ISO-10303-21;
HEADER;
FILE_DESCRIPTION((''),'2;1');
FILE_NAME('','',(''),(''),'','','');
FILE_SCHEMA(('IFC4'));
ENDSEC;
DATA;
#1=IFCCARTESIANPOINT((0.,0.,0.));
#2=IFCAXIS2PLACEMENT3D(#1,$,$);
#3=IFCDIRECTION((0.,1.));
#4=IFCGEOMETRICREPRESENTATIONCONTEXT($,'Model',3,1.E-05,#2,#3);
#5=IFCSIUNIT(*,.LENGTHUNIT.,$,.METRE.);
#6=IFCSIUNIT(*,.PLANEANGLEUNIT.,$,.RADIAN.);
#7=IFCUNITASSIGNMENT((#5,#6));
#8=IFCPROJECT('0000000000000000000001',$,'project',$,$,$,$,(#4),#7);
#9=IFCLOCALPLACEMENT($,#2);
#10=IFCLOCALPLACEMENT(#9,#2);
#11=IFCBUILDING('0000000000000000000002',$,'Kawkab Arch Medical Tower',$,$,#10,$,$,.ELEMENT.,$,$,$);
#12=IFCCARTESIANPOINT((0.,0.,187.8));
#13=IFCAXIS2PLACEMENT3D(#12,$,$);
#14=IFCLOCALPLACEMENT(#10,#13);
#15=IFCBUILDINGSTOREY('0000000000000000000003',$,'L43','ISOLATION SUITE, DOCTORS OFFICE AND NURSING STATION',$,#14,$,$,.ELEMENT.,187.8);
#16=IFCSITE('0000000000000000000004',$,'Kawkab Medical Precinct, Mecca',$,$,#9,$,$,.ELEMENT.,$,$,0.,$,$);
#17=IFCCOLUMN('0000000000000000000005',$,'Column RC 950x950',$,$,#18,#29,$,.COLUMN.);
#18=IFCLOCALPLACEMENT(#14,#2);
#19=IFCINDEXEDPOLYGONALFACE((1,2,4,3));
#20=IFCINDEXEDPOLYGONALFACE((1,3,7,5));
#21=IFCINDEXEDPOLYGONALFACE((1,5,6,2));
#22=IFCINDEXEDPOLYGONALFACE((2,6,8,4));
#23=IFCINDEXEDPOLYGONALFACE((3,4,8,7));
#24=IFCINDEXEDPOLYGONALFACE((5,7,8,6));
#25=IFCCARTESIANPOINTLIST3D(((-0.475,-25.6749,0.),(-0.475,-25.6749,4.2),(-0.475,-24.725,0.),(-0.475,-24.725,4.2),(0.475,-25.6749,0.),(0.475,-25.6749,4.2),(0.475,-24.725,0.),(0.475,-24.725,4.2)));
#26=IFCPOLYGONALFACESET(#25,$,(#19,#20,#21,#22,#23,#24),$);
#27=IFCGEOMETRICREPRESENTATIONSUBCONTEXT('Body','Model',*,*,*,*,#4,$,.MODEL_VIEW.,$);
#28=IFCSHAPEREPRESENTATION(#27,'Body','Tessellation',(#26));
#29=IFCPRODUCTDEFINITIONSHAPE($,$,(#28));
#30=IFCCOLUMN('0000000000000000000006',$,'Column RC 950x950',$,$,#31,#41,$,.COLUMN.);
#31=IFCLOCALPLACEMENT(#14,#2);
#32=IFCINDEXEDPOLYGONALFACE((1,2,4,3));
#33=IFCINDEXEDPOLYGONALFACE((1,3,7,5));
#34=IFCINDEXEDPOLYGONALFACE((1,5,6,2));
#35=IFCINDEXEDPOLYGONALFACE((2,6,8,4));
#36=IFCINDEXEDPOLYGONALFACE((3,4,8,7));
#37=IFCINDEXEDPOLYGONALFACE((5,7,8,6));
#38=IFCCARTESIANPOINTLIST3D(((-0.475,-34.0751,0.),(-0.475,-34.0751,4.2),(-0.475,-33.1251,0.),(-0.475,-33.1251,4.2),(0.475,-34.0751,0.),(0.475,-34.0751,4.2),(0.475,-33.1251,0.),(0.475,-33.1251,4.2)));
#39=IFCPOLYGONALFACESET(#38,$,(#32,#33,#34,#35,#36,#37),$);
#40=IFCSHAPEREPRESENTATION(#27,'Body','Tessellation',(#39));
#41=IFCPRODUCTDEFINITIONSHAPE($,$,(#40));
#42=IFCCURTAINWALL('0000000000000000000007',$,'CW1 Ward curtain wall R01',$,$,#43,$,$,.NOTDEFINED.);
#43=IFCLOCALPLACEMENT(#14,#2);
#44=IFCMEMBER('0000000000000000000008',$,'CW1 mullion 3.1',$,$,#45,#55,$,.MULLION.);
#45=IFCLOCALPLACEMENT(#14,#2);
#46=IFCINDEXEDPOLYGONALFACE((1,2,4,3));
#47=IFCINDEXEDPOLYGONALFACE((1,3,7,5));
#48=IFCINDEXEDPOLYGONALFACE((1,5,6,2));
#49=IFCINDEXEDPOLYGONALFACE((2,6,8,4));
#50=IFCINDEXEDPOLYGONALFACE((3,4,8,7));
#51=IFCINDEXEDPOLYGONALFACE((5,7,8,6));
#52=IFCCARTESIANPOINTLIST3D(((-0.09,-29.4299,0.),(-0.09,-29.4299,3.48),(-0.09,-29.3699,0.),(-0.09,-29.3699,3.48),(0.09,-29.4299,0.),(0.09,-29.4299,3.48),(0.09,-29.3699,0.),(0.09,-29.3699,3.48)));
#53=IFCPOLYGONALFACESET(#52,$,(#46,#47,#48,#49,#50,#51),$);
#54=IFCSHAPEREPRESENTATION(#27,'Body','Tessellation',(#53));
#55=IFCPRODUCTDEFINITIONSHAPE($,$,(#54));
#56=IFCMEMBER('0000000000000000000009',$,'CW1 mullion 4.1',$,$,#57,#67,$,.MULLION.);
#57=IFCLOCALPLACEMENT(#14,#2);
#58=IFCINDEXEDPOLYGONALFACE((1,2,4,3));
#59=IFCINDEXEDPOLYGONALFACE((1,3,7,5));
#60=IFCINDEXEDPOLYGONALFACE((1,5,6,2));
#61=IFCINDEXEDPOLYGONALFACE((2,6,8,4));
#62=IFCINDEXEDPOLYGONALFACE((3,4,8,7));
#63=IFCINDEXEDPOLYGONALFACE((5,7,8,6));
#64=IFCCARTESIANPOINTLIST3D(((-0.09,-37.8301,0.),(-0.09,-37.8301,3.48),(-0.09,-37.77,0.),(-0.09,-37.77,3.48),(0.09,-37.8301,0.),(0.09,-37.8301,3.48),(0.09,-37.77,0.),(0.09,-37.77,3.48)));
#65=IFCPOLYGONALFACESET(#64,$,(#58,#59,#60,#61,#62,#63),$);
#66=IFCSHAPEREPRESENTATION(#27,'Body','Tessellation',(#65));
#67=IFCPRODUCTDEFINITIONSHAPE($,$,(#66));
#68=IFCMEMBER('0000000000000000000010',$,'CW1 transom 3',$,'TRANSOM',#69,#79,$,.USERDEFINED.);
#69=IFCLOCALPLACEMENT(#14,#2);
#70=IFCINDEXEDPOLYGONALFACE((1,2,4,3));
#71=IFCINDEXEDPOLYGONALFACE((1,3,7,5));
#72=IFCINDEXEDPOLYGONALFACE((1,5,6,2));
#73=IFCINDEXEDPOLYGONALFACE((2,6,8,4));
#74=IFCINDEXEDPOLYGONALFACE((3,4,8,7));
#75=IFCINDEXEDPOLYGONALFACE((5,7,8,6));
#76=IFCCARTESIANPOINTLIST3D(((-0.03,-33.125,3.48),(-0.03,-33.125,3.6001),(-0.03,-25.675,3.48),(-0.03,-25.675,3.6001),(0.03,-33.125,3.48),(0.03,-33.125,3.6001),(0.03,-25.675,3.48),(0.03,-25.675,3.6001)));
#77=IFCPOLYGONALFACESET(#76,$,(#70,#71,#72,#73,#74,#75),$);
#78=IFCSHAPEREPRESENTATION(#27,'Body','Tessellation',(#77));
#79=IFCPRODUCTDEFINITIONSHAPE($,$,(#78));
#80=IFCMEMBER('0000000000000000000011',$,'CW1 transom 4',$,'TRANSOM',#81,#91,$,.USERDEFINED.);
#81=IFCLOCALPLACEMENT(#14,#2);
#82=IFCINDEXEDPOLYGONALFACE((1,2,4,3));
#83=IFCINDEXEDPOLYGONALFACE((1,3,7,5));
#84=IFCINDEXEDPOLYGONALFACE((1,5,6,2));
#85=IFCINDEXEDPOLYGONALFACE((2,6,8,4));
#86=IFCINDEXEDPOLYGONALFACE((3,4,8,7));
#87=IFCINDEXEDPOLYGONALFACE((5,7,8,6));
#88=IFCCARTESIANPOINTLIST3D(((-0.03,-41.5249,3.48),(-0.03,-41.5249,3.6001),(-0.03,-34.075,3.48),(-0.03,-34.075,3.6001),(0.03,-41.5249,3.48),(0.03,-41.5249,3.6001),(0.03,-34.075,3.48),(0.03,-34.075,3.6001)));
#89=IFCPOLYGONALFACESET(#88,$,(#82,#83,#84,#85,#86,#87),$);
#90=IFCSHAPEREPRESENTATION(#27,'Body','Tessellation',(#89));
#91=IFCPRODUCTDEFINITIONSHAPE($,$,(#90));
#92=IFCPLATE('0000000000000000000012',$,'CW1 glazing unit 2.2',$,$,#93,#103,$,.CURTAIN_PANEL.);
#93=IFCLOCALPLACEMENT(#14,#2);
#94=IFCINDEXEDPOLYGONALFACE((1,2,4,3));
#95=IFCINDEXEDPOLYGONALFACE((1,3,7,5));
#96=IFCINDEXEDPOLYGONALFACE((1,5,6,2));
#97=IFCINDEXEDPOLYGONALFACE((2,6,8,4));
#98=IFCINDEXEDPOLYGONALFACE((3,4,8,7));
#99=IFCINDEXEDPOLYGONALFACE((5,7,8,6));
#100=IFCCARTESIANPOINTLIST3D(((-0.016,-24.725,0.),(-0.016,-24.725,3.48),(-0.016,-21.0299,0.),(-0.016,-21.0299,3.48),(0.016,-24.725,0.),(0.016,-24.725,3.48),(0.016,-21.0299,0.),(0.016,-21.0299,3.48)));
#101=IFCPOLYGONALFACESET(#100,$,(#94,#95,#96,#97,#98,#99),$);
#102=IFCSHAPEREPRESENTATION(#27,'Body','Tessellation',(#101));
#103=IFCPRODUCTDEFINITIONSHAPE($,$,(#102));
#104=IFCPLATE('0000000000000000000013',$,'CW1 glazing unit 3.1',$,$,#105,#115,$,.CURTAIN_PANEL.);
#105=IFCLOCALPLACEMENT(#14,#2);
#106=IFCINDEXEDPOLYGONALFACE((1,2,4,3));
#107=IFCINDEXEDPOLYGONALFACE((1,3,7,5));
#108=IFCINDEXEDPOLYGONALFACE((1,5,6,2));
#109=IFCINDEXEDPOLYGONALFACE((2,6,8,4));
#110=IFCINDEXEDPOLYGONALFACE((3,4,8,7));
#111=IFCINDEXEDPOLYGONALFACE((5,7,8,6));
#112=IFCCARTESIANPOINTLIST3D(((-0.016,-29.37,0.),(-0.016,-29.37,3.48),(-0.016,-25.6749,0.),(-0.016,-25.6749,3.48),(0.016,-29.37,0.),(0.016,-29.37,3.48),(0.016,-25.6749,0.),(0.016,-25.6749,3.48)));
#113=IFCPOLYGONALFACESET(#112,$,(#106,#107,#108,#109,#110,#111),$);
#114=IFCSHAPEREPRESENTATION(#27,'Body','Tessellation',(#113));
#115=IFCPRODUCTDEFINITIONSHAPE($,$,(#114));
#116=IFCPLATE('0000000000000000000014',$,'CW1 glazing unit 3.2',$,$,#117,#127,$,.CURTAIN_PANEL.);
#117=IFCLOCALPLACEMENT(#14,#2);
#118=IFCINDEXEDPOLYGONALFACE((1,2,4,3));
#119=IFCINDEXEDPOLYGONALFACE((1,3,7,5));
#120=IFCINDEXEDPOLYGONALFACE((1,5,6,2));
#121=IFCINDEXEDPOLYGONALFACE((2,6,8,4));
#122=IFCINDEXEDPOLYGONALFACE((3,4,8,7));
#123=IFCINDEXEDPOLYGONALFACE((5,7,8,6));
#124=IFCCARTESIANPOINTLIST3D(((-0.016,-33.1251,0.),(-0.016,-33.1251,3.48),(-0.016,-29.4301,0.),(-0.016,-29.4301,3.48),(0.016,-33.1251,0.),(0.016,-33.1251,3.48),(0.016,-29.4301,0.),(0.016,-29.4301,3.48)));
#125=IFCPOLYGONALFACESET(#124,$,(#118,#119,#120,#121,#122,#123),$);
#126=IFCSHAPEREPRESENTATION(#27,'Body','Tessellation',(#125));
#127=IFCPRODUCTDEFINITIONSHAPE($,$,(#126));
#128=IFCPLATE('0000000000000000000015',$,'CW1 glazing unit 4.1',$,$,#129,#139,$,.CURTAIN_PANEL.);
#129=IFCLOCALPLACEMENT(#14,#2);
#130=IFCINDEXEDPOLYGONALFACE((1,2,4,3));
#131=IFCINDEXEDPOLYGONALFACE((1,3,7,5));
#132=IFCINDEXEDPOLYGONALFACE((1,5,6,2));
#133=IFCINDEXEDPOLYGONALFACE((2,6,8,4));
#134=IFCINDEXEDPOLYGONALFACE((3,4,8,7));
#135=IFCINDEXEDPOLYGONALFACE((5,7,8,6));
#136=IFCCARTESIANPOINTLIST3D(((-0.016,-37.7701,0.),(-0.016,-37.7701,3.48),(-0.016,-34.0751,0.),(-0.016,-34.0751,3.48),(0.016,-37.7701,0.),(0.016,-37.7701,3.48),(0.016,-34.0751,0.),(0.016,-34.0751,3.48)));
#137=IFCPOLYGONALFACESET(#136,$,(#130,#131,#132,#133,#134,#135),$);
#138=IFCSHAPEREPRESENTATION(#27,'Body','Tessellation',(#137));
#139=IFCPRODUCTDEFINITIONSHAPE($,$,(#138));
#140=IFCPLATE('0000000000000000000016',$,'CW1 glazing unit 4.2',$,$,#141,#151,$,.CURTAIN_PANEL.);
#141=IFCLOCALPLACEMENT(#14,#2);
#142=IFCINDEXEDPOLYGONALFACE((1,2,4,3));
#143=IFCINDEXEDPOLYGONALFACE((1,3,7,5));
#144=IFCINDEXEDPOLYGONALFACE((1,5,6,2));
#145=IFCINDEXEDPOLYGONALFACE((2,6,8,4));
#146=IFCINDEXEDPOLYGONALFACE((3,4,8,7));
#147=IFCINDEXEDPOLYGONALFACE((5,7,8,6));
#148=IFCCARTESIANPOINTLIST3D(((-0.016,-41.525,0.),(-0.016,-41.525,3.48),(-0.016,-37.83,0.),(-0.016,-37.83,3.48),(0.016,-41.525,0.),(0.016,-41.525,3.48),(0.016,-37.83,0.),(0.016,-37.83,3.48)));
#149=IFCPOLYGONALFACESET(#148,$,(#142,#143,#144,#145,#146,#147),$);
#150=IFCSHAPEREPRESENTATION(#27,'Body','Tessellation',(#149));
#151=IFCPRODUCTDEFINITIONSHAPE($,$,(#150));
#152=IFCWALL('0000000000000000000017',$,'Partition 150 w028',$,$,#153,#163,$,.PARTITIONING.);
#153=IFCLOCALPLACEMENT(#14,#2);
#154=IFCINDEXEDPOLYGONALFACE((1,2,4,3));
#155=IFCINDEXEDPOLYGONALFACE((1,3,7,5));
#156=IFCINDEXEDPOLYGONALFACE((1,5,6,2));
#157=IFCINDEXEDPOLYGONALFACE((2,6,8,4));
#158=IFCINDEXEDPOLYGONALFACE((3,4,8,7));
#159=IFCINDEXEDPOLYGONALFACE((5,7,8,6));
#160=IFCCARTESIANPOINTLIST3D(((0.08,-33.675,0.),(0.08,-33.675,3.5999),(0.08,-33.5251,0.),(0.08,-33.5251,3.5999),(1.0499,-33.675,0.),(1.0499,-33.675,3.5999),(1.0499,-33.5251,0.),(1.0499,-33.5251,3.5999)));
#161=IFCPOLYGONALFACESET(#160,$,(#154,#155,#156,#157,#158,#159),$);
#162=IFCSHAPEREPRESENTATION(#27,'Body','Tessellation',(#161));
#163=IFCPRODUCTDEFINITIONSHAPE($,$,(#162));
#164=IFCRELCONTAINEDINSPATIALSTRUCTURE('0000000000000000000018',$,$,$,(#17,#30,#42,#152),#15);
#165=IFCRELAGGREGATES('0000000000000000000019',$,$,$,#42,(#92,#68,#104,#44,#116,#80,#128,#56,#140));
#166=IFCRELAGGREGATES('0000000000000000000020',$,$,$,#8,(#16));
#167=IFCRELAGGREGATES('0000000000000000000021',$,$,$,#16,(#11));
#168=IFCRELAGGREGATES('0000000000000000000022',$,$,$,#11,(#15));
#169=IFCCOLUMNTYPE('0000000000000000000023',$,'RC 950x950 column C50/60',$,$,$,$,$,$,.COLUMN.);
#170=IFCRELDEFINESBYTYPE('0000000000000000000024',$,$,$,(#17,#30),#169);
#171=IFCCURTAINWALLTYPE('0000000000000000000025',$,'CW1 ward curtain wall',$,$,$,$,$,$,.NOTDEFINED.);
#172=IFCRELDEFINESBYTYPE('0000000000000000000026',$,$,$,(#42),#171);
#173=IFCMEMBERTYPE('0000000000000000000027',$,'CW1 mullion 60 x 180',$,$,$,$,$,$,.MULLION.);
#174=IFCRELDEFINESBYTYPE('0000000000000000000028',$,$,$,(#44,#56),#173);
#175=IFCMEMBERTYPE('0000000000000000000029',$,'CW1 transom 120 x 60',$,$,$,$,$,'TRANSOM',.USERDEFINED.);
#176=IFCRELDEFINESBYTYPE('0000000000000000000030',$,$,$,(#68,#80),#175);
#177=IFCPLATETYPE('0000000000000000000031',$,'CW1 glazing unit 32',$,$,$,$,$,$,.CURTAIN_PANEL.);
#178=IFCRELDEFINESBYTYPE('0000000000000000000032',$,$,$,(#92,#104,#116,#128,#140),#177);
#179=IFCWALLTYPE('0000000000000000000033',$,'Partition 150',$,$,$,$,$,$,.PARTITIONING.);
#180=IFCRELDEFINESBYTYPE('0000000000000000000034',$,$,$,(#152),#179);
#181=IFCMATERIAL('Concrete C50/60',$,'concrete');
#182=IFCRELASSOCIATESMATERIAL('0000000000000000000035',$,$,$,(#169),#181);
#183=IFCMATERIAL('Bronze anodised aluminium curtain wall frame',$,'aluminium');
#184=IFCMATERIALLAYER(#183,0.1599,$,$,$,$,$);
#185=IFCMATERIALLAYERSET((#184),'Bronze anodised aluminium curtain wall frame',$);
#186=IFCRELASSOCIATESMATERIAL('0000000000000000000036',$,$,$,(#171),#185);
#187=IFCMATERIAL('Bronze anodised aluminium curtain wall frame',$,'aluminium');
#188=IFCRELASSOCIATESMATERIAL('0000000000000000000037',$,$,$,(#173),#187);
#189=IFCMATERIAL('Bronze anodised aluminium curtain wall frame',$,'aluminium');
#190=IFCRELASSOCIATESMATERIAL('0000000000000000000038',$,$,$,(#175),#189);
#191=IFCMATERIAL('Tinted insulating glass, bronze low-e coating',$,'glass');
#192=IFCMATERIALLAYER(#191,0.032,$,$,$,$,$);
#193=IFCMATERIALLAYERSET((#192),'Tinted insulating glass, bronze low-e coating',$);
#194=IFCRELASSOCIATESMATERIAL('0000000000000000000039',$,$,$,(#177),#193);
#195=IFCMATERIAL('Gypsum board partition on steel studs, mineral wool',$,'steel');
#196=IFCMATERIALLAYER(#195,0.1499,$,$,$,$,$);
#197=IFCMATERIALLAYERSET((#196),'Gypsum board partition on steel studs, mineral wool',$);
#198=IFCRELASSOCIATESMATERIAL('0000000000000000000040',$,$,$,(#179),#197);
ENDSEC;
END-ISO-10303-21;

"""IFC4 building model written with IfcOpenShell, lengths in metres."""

from ifc_helpers import new_model, si_unit, direction, frame, frame_2d, origin, origin_2d, place, context, subcontext, project, spatial, rectangle, extrude, material, layer, layer_set, material_profile, profile_set, type_object, element, aggregate, save


model = new_model("IFC4")

# Units and contexts
model_context = context("Model", 3, precision=1e-05, world=origin(), true_north=direction((0.0, 1.0)))
body_context = subcontext(model_context, "Body", "Model", "MODEL_VIEW")
ifc_project = project(units=[si_unit("LENGTHUNIT", "METRE"), si_unit("PLANEANGLEUNIT", "RADIAN")], contexts=[model_context])

# Site, building, storey
site_placement = place(None, origin())
site = spatial("IfcSite", under=ifc_project, at=site_placement, Name="Kawkab Medical Precinct, Mecca", CompositionType="ELEMENT", RefElevation=0.0)
building_placement = place(site_placement, origin())
building = spatial("IfcBuilding", under=site, at=building_placement, Name="Kawkab Arch Medical Tower", CompositionType="ELEMENT")
storey_placement = place(building_placement, frame((0.0, 0.0, 187.8)))
storey = spatial("IfcBuildingStorey", under=building, at=storey_placement, Name="L43", Description="ISOLATION SUITE, DOCTORS OFFICE AND NURSING STATION", CompositionType="ELEMENT", Elevation=187.8)

# Columns
ifc_material_1 = material(Name="Concrete C50/60", Category="concrete")
ifc_material_profile_1 = material_profile(ifc_material_1, rectangle(XDim=0.95, YDim=0.95, at=origin_2d()), Name="RC 950x950")
ifc_profile_set_1 = profile_set([ifc_material_profile_1], Name="Concrete C50/60")
column_type = type_object("IfcColumnType", Name="RC 950x950 column C50/60", PredefinedType="COLUMN", material=ifc_profile_set_1)
for number, where, z_axis, x_axis, name in (
    (1, (0.0, -25.2, 0.0), (0.0, 0.0, 1.0), (1.0, 0.0, 0.0), "Column RC 950x950"),
    (2, (0.0, -33.6001, 0.0), (0.0, 0.0, 1.0), (1.0, 0.0, 0.0), "Column RC 950x950"),
):
    element("IfcColumn", number, at=place(storey_placement, frame(where, z_axis=z_axis, x_axis=x_axis)), inside=storey, type_object=column_type, Name=name, PredefinedType="COLUMN", context=body_context, shape_type="SweptSolid", body=[
        extrude(rectangle(XDim=0.95, YDim=0.95, at=origin_2d()), origin(), (0.0, 0.0, 1.0), 4.2),
    ])

# Curtain wall, members, plates
ifc_material_2 = material(Name="Bronze anodised aluminium curtain wall frame", Category="aluminium")
ifc_layer_1 = layer(ifc_material_2, 0.1599)
ifc_layer_set_1 = layer_set([ifc_layer_1], Name="Bronze anodised aluminium curtain wall frame")
curtain_wall_type = type_object("IfcCurtainWallType", Name="CW1 ward curtain wall", PredefinedType="NOTDEFINED", material=ifc_layer_set_1)
curtain_wall_placement = place(storey_placement, origin())
curtain_wall = element("IfcCurtainWall", 3, at=curtain_wall_placement, inside=storey, type_object=curtain_wall_type, Name="CW1 Ward curtain wall R01", PredefinedType="NOTDEFINED")
ifc_material_3 = material(Name="Bronze anodised aluminium curtain wall frame", Category="aluminium")
ifc_material_profile_2 = material_profile(ifc_material_3, rectangle(XDim=0.1799, YDim=0.0601, at=origin_2d()), Name="AL 60x180")
ifc_profile_set_2 = profile_set([ifc_material_profile_2], Name="Bronze anodised aluminium curtain wall frame")
member_type_1 = type_object("IfcMemberType", Name="CW1 mullion 60 x 180", PredefinedType="MULLION", material=ifc_profile_set_2)
member_1_placement = place(storey_placement, frame((0.0, -29.3999, 0.0), z_axis=(0.0, 0.0, 1.0), x_axis=(1.0, 0.0, 0.0)))
member_1 = element("IfcMember", 4, at=member_1_placement, type_object=member_type_1, Name="CW1 mullion 3.1", PredefinedType="MULLION", context=body_context, shape_type="SweptSolid", body=[
    extrude(rectangle(XDim=0.1799, YDim=0.0601, at=origin_2d()), origin(), (0.0, 0.0, 1.0), 3.48),
])
member_2_placement = place(storey_placement, frame((0.0, -37.8, 0.0), z_axis=(0.0, 0.0, 1.0), x_axis=(1.0, 0.0, 0.0)))
member_2 = element("IfcMember", 5, at=member_2_placement, type_object=member_type_1, Name="CW1 mullion 4.1", PredefinedType="MULLION", context=body_context, shape_type="SweptSolid", body=[
    extrude(rectangle(XDim=0.1799, YDim=0.0601, at=origin_2d()), origin(), (0.0, 0.0, 1.0), 3.48),
])
ifc_material_4 = material(Name="Bronze anodised aluminium curtain wall frame", Category="aluminium")
ifc_material_profile_3 = material_profile(ifc_material_4, rectangle(XDim=0.0601, YDim=0.1201, at=origin_2d()), Name="AL 60x120")
ifc_profile_set_3 = profile_set([ifc_material_profile_3], Name="Bronze anodised aluminium curtain wall frame")
member_type_2 = type_object("IfcMemberType", Name="CW1 transom 120 x 60", ElementType="TRANSOM", PredefinedType="USERDEFINED", material=ifc_profile_set_3)
member_3_placement = place(storey_placement, frame((0.0, -25.675, 3.54), z_axis=(0.0, -1.0, 0.0), x_axis=(1.0, 0.0, 0.0)))
member_3 = element("IfcMember", 6, at=member_3_placement, type_object=member_type_2, Name="CW1 transom 3", ObjectType="TRANSOM", PredefinedType="USERDEFINED", context=body_context, shape_type="SweptSolid", body=[
    extrude(rectangle(XDim=0.0601, YDim=0.1201, at=origin_2d()), origin(), (0.0, 0.0, 1.0), 7.45),
])
member_4_placement = place(storey_placement, frame((0.0, -34.075, 3.54), z_axis=(0.0, -1.0, 0.0), x_axis=(1.0, 0.0, 0.0)))
member_4 = element("IfcMember", 7, at=member_4_placement, type_object=member_type_2, Name="CW1 transom 4", ObjectType="TRANSOM", PredefinedType="USERDEFINED", context=body_context, shape_type="SweptSolid", body=[
    extrude(rectangle(XDim=0.0601, YDim=0.1201, at=origin_2d()), origin(), (0.0, 0.0, 1.0), 7.45),
])
ifc_material_5 = material(Name="Tinted insulating glass, bronze low-e coating", Category="glass")
ifc_layer_2 = layer(ifc_material_5, 0.032)
ifc_layer_set_2 = layer_set([ifc_layer_2], Name="Tinted insulating glass, bronze low-e coating")
plate_type = type_object("IfcPlateType", Name="CW1 glazing unit 32", PredefinedType="CURTAIN_PANEL", material=ifc_layer_set_2)
plate_1_placement = place(storey_placement, frame((0.0, -22.8774, 0.0), z_axis=(0.0, 0.0, 1.0), x_axis=(0.0, -1.0, 0.0)))
plate_1 = element("IfcPlate", 8, at=plate_1_placement, type_object=plate_type, Name="CW1 glazing unit 2.2", PredefinedType="CURTAIN_PANEL", context=body_context, shape_type="SweptSolid", body=[
    extrude(rectangle(XDim=3.6951, YDim=0.032, at=origin_2d()), origin(), (0.0, 0.0, 1.0), 3.48),
])
plate_2_placement = place(storey_placement, frame((0.0, -27.5225, 0.0), z_axis=(0.0, 0.0, 1.0), x_axis=(0.0, -1.0, 0.0)))
plate_2 = element("IfcPlate", 9, at=plate_2_placement, type_object=plate_type, Name="CW1 glazing unit 3.1", PredefinedType="CURTAIN_PANEL", context=body_context, shape_type="SweptSolid", body=[
    extrude(rectangle(XDim=3.6951, YDim=0.032, at=origin_2d()), origin(), (0.0, 0.0, 1.0), 3.48),
])
plate_3_placement = place(storey_placement, frame((0.0, -31.2776, 0.0), z_axis=(0.0, 0.0, 1.0), x_axis=(0.0, -1.0, 0.0)))
plate_3 = element("IfcPlate", 10, at=plate_3_placement, type_object=plate_type, Name="CW1 glazing unit 3.2", PredefinedType="CURTAIN_PANEL", context=body_context, shape_type="SweptSolid", body=[
    extrude(rectangle(XDim=3.6951, YDim=0.032, at=origin_2d()), origin(), (0.0, 0.0, 1.0), 3.48),
])
plate_4_placement = place(storey_placement, frame((0.0, -35.9226, 0.0), z_axis=(0.0, 0.0, 1.0), x_axis=(0.0, -1.0, 0.0)))
plate_4 = element("IfcPlate", 11, at=plate_4_placement, type_object=plate_type, Name="CW1 glazing unit 4.1", PredefinedType="CURTAIN_PANEL", context=body_context, shape_type="SweptSolid", body=[
    extrude(rectangle(XDim=3.6951, YDim=0.032, at=origin_2d()), origin(), (0.0, 0.0, 1.0), 3.48),
])
plate_5_placement = place(storey_placement, frame((0.0, -39.6775, 0.0), z_axis=(0.0, 0.0, 1.0), x_axis=(0.0, -1.0, 0.0)))
plate_5 = element("IfcPlate", 12, at=plate_5_placement, type_object=plate_type, Name="CW1 glazing unit 4.2", PredefinedType="CURTAIN_PANEL", context=body_context, shape_type="SweptSolid", body=[
    extrude(rectangle(XDim=3.6951, YDim=0.032, at=origin_2d()), origin(), (0.0, 0.0, 1.0), 3.48),
])
aggregate(curtain_wall, [plate_1, member_3, plate_2, member_1, plate_3, member_4, plate_4, member_2, plate_5])

# Wall
ifc_material_6 = material(Name="Gypsum board partition on steel studs, mineral wool", Category="steel")
ifc_layer_3 = layer(ifc_material_6, 0.1499)
ifc_layer_set_3 = layer_set([ifc_layer_3], Name="Gypsum board partition on steel studs, mineral wool")
wall_type_1 = type_object("IfcWallType", Name="Partition 150", PredefinedType="PARTITIONING", material=ifc_layer_set_3)
wall_1_placement = place(storey_placement, frame((0.0801, -33.6001, 0.0), z_axis=(0.0, 0.0, 1.0), x_axis=(1.0, 0.0, 0.0)))
element("IfcWall", 13, at=wall_1_placement, inside=storey, type_object=wall_type_1, Name="Partition 150 w028", PredefinedType="PARTITIONING", context=body_context, shape_type="SweptSolid", body=[
    extrude(rectangle(XDim=0.97, YDim=0.1499, at=frame_2d((0.4849, 0.0))), origin(), (0.0, 0.0, 1.0), 3.5999),
])

save(model, "model.ifc")
